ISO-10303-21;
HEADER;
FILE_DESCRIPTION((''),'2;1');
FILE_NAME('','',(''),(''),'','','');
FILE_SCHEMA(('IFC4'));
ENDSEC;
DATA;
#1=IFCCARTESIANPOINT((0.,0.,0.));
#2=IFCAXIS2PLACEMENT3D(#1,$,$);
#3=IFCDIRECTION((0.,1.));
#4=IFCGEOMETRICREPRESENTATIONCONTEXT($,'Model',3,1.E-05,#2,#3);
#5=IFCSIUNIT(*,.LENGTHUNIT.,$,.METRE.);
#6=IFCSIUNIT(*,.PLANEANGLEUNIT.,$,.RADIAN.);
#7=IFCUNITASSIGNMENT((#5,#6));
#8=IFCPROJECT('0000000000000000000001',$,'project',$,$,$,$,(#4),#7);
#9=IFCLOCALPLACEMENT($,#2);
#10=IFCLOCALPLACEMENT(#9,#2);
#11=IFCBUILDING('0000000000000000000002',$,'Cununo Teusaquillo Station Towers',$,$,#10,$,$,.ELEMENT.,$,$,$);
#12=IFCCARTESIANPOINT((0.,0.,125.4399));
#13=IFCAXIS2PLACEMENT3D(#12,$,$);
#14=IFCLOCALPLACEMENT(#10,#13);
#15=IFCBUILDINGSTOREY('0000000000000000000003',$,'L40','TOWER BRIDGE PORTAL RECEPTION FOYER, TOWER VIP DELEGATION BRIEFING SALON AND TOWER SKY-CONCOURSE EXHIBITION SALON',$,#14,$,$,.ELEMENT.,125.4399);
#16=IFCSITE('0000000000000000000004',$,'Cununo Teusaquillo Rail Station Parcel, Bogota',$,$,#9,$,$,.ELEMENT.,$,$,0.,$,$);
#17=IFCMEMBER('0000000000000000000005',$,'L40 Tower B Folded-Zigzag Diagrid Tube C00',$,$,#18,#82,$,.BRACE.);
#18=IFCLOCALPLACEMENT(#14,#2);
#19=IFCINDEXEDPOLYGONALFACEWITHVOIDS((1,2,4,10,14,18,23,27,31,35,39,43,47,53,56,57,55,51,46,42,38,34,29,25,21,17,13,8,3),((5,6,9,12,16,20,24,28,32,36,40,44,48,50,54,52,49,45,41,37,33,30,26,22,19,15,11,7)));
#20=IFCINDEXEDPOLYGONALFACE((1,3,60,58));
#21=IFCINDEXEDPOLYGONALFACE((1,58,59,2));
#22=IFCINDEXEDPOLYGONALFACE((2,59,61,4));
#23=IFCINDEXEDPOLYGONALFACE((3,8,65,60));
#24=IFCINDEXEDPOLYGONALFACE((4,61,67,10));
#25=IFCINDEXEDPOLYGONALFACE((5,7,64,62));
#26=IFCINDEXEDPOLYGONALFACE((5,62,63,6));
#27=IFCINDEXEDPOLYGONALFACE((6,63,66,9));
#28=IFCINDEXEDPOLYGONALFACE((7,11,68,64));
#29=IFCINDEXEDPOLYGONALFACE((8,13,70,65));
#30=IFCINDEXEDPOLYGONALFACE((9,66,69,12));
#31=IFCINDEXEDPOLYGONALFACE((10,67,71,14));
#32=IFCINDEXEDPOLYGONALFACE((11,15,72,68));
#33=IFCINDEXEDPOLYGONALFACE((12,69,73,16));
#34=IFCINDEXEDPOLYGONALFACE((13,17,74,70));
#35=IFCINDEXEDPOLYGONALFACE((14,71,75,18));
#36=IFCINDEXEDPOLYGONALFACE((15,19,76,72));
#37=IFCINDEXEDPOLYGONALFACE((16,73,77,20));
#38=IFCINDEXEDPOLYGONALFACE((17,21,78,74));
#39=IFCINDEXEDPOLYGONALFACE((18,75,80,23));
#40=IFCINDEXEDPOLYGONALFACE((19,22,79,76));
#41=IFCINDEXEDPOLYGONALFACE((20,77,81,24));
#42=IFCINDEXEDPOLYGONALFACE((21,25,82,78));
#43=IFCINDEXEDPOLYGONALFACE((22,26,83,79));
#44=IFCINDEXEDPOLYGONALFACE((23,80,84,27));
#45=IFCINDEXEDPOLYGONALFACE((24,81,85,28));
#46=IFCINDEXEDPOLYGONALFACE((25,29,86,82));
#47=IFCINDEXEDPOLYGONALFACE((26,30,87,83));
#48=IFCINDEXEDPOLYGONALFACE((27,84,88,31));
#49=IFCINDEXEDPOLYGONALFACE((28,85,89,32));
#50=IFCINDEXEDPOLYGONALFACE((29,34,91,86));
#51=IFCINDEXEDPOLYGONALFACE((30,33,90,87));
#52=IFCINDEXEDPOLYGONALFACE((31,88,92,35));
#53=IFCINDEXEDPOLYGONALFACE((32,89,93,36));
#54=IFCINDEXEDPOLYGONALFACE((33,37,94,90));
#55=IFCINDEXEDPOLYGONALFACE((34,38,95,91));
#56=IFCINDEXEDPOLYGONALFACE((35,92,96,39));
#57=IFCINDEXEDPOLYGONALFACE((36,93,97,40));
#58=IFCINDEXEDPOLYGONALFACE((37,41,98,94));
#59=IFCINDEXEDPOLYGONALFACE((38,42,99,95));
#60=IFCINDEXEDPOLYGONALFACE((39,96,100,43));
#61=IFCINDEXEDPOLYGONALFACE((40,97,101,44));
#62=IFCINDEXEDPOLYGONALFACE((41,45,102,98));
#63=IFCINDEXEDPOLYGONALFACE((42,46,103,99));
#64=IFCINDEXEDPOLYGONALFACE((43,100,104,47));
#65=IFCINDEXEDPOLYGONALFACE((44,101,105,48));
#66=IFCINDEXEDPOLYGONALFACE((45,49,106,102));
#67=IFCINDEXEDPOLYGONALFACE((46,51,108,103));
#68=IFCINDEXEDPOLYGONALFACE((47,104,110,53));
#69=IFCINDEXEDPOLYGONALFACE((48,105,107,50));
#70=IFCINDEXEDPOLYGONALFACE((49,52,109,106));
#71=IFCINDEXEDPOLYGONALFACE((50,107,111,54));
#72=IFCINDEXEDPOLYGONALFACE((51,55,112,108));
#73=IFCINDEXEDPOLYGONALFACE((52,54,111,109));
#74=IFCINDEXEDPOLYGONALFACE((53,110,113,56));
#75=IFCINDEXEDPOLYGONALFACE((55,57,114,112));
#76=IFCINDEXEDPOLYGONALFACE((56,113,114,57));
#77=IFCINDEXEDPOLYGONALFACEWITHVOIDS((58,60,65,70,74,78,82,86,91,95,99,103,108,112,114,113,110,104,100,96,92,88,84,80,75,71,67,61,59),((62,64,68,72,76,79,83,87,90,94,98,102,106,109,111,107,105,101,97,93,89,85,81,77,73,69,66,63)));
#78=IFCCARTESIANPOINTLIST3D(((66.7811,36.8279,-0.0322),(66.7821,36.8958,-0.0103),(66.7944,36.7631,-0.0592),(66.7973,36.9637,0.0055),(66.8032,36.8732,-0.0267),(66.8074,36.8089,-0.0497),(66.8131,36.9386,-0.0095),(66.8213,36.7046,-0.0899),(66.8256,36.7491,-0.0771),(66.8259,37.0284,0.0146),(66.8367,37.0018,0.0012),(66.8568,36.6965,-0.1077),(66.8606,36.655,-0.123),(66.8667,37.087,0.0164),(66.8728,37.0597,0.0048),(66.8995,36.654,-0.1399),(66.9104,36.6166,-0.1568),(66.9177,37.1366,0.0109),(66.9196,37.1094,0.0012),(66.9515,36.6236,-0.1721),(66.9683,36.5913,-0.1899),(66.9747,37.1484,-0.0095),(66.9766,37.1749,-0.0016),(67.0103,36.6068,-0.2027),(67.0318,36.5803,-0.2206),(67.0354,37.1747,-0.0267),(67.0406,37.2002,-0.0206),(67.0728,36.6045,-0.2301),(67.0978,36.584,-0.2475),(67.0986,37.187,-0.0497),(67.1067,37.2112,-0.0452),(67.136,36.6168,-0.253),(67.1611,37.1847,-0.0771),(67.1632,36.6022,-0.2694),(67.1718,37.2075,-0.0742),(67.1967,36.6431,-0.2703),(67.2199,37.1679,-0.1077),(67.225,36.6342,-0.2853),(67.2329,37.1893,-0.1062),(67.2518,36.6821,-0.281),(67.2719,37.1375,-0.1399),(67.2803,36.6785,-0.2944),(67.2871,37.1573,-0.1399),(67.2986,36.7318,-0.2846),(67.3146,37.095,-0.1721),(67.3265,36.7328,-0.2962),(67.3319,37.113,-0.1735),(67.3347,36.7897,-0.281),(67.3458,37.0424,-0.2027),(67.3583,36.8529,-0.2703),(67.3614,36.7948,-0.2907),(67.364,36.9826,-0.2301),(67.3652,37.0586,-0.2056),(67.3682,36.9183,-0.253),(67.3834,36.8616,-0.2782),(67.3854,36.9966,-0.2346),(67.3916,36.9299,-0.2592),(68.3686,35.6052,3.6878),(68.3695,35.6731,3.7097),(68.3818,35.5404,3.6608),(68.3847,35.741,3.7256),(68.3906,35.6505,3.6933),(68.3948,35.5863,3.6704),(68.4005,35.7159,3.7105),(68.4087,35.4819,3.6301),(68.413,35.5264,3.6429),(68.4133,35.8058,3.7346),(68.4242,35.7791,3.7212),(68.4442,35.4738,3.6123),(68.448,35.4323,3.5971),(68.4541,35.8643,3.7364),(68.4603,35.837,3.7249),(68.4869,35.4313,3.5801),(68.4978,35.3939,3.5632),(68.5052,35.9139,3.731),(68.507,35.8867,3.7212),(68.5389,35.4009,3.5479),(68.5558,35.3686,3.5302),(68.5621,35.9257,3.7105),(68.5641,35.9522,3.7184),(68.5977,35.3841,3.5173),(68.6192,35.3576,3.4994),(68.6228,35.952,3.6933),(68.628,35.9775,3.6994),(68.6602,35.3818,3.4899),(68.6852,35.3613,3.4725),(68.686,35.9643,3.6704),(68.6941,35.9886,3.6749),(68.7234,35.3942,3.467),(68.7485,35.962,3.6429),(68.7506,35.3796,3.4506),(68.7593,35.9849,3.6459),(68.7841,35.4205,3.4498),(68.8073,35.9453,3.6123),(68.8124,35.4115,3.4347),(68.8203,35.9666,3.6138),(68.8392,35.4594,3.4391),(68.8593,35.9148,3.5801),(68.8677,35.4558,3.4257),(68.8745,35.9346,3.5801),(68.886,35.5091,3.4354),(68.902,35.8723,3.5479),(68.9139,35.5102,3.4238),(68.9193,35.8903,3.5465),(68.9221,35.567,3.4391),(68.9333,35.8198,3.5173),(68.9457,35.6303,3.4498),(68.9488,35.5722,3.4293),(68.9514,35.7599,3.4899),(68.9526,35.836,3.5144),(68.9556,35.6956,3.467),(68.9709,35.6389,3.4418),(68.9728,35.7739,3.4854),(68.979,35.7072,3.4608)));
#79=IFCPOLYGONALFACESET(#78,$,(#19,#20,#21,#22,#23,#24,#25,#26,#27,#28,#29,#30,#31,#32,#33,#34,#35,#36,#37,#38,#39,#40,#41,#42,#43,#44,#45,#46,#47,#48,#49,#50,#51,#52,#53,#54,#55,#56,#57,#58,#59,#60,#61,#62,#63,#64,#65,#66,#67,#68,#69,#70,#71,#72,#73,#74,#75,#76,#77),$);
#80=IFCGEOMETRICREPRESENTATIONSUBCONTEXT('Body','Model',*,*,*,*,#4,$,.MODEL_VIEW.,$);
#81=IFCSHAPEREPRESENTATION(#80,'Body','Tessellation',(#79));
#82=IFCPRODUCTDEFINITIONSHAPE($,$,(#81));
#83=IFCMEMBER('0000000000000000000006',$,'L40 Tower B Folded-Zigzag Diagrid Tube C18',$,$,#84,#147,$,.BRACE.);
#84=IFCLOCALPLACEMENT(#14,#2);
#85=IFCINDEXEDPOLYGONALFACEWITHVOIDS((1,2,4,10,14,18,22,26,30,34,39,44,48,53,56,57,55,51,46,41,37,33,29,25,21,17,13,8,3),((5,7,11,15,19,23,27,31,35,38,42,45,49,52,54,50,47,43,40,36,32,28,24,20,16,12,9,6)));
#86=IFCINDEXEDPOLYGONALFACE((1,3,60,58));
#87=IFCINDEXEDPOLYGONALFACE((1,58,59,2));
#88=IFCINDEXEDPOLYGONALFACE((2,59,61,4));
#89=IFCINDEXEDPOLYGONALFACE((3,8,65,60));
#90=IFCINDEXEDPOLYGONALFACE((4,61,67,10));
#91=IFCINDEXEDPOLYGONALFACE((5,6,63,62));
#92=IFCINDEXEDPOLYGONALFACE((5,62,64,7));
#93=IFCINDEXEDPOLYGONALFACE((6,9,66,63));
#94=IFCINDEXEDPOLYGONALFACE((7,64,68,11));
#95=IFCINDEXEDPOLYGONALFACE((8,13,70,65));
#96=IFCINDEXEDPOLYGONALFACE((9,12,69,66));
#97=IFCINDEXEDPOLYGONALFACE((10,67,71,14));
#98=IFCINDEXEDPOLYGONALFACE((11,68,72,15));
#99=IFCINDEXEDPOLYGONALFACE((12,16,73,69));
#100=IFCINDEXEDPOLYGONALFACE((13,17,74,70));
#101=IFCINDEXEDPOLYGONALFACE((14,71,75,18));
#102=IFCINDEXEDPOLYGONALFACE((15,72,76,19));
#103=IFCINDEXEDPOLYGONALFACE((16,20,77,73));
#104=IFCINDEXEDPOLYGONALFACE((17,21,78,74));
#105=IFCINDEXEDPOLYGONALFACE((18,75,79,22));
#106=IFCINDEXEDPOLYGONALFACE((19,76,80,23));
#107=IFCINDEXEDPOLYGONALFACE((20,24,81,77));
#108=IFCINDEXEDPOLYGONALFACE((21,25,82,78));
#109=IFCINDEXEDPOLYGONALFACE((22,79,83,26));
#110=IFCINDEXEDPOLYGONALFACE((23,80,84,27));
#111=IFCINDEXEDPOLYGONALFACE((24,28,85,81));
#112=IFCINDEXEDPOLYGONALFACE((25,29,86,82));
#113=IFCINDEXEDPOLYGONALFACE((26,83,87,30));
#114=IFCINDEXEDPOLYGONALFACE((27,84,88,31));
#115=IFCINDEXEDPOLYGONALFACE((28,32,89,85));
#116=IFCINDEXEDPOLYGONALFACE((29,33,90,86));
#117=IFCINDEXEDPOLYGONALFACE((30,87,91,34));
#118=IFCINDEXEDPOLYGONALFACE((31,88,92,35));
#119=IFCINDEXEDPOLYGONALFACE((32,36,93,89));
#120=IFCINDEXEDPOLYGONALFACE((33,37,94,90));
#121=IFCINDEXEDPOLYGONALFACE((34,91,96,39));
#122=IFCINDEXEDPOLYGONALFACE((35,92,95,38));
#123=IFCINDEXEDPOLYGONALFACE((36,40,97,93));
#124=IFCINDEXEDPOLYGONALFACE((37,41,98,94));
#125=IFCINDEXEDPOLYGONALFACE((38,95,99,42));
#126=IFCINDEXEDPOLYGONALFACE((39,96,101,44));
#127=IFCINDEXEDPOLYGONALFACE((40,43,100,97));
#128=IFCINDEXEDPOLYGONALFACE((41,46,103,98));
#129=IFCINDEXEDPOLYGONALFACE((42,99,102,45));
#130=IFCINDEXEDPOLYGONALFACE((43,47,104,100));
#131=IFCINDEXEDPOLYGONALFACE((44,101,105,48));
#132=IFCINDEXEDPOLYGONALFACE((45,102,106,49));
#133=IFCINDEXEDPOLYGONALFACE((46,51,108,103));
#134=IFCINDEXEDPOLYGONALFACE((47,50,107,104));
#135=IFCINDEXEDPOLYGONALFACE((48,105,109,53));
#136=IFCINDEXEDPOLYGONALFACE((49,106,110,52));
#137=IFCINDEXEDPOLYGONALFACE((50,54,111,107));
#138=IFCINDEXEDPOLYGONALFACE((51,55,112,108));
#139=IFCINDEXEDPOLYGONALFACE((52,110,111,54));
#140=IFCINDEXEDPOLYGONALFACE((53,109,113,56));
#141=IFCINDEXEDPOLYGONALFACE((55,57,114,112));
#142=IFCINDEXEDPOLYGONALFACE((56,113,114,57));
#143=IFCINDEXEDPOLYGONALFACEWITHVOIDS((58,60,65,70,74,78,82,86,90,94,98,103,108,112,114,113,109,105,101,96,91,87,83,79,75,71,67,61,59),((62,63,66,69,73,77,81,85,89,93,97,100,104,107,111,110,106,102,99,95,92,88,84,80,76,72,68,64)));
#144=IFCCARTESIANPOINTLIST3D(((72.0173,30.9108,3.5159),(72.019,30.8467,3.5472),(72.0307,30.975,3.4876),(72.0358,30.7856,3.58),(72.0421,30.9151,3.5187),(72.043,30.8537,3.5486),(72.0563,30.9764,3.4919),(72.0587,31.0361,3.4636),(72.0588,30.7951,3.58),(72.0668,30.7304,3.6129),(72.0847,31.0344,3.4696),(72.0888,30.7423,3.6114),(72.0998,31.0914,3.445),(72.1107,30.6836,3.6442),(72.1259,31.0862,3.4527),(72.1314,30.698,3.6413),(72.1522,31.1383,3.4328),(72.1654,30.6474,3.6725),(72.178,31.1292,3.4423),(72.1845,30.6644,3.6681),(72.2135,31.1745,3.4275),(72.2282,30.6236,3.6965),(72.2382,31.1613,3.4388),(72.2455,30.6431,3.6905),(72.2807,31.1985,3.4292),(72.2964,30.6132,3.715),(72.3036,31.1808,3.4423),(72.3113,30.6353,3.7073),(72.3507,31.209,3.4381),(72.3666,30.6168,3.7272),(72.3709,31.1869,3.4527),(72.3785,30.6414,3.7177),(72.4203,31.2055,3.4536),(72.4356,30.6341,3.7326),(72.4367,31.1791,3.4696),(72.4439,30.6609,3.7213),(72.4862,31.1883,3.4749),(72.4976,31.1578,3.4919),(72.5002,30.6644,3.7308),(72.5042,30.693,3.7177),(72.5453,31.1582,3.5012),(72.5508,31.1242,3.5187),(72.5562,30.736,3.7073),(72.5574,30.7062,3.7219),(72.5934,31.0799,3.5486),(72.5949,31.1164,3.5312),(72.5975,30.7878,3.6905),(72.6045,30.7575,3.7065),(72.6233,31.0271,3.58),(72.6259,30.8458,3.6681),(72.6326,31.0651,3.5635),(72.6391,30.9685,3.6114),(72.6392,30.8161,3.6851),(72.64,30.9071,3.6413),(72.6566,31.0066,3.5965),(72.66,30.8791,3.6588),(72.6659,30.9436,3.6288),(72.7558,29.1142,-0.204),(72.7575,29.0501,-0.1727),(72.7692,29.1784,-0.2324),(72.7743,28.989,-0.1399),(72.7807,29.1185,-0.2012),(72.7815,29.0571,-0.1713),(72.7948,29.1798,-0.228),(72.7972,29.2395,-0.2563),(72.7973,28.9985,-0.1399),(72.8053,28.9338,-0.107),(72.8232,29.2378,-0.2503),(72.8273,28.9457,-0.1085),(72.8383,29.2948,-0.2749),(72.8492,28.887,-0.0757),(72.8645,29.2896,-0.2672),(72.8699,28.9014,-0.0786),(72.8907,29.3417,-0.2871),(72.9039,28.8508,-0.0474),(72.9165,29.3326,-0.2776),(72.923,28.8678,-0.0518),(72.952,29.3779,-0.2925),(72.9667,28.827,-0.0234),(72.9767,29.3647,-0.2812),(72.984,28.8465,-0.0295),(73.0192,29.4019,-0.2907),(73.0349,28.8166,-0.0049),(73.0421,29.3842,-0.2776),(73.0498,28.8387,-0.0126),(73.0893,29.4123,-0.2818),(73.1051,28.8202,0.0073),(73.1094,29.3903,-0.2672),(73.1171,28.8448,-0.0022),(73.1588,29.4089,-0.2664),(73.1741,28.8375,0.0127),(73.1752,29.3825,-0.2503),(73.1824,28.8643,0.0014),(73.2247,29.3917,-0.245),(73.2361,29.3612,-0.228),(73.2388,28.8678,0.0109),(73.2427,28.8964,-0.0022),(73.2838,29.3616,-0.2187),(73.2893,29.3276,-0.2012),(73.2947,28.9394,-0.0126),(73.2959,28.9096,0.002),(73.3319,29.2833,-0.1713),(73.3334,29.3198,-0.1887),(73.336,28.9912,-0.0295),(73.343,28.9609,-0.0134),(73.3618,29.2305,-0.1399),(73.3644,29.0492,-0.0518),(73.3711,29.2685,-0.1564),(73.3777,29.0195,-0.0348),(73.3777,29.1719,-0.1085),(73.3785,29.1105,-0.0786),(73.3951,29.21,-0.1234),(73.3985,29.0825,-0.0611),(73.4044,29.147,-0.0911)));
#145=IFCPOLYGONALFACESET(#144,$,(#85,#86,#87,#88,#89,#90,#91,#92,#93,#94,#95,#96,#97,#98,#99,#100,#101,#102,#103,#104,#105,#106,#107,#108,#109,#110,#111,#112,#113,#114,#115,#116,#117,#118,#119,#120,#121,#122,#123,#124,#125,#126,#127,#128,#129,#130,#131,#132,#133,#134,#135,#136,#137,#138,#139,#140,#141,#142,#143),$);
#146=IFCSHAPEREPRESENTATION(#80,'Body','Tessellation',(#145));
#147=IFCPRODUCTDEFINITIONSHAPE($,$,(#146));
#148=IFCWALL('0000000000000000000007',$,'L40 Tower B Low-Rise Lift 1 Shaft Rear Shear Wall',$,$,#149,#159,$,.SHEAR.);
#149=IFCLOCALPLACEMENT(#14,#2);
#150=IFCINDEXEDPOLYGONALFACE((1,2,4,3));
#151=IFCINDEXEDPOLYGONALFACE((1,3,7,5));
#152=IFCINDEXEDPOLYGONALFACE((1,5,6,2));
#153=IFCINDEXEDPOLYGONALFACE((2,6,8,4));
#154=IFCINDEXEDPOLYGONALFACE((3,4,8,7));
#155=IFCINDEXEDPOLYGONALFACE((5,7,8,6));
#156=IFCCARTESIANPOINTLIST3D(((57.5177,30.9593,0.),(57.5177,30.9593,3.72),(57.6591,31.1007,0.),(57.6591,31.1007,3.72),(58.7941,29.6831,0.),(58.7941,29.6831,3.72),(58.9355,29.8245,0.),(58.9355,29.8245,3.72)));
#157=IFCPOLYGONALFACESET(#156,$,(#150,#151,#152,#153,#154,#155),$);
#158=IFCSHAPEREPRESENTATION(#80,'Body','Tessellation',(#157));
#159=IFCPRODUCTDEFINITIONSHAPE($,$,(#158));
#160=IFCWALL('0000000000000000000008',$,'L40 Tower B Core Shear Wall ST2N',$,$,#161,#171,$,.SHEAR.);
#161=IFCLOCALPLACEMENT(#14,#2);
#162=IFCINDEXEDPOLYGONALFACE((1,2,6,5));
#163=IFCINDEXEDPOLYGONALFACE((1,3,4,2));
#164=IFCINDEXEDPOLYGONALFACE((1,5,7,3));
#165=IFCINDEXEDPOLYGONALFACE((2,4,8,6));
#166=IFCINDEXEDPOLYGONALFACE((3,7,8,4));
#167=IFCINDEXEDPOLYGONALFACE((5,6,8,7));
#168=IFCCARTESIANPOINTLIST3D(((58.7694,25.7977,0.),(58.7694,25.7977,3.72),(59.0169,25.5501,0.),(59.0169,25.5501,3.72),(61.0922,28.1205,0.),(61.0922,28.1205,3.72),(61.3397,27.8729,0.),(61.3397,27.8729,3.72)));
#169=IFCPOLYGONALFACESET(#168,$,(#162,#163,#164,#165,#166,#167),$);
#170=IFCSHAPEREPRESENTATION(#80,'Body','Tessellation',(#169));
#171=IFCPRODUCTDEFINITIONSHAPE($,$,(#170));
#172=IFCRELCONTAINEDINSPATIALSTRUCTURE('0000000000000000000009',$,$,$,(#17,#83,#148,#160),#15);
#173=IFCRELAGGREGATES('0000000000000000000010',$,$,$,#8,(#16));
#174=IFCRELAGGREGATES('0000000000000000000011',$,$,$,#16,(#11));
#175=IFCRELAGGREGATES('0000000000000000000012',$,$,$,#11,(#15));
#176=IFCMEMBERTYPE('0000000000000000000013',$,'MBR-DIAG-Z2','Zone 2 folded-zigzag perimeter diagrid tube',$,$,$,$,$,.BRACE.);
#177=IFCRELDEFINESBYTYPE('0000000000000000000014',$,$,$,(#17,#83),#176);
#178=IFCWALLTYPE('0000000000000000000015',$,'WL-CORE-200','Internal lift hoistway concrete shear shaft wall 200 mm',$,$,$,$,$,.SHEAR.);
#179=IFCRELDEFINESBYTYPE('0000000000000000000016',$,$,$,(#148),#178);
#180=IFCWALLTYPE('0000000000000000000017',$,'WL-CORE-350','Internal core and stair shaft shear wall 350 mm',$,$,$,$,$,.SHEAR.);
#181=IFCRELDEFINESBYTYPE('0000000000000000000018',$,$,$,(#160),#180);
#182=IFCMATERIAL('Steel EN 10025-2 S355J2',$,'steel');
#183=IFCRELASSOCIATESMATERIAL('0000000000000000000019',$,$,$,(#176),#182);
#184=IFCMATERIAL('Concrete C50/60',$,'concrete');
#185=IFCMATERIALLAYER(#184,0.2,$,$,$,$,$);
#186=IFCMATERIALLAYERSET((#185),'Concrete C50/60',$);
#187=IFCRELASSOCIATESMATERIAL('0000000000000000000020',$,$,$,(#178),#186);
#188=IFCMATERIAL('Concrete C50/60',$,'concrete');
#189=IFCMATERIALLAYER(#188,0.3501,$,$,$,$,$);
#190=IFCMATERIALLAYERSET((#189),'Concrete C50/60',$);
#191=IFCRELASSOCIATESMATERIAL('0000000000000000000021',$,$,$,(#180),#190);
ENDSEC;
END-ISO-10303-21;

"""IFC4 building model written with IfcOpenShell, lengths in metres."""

from ifc_helpers import new_model, si_unit, direction, frame, frame_2d, origin, origin_2d, place, context, subcontext, project, spatial, rectangle, hollow_circle, extrude, material, layer, layer_set, material_profile, profile_set, type_object, element, save


model = new_model("IFC4")

# Units and contexts
model_context = context("Model", 3, precision=1e-05, world=origin(), true_north=direction((0.0, 1.0)))
body_context = subcontext(model_context, "Body", "Model", "MODEL_VIEW")
ifc_project = project(units=[si_unit("LENGTHUNIT", "METRE"), si_unit("PLANEANGLEUNIT", "RADIAN")], contexts=[model_context])

# Site, building, storey
site_placement = place(None, origin())
site = spatial("IfcSite", under=ifc_project, at=site_placement, Name="Cununo Teusaquillo Rail Station Parcel, Bogota", CompositionType="ELEMENT", RefElevation=0.0)
building_placement = place(site_placement, origin())
building = spatial("IfcBuilding", under=site, at=building_placement, Name="Cununo Teusaquillo Station Towers", CompositionType="ELEMENT")
storey_placement = place(building_placement, frame((0.0, 0.0, 125.4399)))
storey = spatial("IfcBuildingStorey", under=building, at=storey_placement, Name="L40", Description="TOWER BRIDGE PORTAL RECEPTION FOYER, TOWER VIP DELEGATION BRIEFING SALON AND TOWER SKY-CONCOURSE EXHIBITION SALON", CompositionType="ELEMENT", Elevation=125.4399)

# Members
ifc_material_1 = material(Name="Steel EN 10025-2 S355J2", Category="steel")
ifc_material_profile_1 = material_profile(ifc_material_1, hollow_circle(Radius=0.3301, WallThickness=0.0249, at=origin_2d()), Name="CHS 660x25")
ifc_profile_set_1 = profile_set([ifc_material_profile_1], Name="Steel EN 10025-2 S355J2")
member_type = type_object("IfcMemberType", Name="MBR-DIAG-Z2", Description="Zone 2 folded-zigzag perimeter diagrid tube", PredefinedType="BRACE", material=ifc_profile_set_1)
member_1_placement = place(storey_placement, frame((67.0857, 36.8958, -0.1399), z_axis=(0.375692, -0.289368, 0.88041), x_axis=(0.610205, 0.792243, 0.0)))
element("IfcMember", 1, at=member_1_placement, inside=storey, type_object=member_type, Name="L40 Tower B Folded-Zigzag Diagrid Tube C00", PredefinedType="BRACE", context=body_context, shape_type="SweptSolid", body=[
    extrude(hollow_circle(Radius=0.3301, WallThickness=0.0249, at=origin_2d()), origin(), (0.0, 0.0, 1.0), 4.2253),
])
member_2_placement = place(storey_placement, frame((73.0796, 29.1145, -0.1399), z_axis=(-0.175982, 0.428115, 0.886424), x_axis=(-0.924907, -0.380193, 0.0)))
element("IfcMember", 2, at=member_2_placement, inside=storey, type_object=member_type, Name="L40 Tower B Folded-Zigzag Diagrid Tube C18", PredefinedType="BRACE", context=body_context, shape_type="SweptSolid", body=[
    extrude(hollow_circle(Radius=0.3301, WallThickness=0.0249, at=origin_2d()), origin(), (0.0, 0.0, 1.0), 4.1965),
])

# Walls
ifc_material_2 = material(Name="Concrete C50/60", Category="concrete")
ifc_layer_1 = layer(ifc_material_2, 0.2)
ifc_layer_set_1 = layer_set([ifc_layer_1], Name="Concrete C50/60")
wall_type_1 = type_object("IfcWallType", Name="WL-CORE-200", Description="Internal lift hoistway concrete shear shaft wall 200 mm", PredefinedType="SHEAR", material=ifc_layer_set_1)
wall_1_placement = place(storey_placement, frame((58.8647, 29.7539, 0.0), z_axis=(0.0, 0.0, 1.0), x_axis=(-0.707174, 0.707039, 0.0)))
element("IfcWall", 3, at=wall_1_placement, inside=storey, type_object=wall_type_1, Name="L40 Tower B Low-Rise Lift 1 Shaft Rear Shear Wall", PredefinedType="SHEAR", context=body_context, shape_type="SweptSolid", body=[
    extrude(rectangle(XDim=1.8049, YDim=0.2, at=frame_2d((0.9023, 0.0))), origin(), (0.0, 0.0, 1.0), 3.72),
])
ifc_material_3 = material(Name="Concrete C50/60", Category="concrete")
ifc_layer_2 = layer(ifc_material_3, 0.3501)
ifc_layer_set_2 = layer_set([ifc_layer_2], Name="Concrete C50/60")
wall_type_2 = type_object("IfcWallType", Name="WL-CORE-350", Description="Internal core and stair shaft shear wall 350 mm", PredefinedType="SHEAR", material=ifc_layer_set_2)
wall_2_placement = place(storey_placement, frame((58.8931, 25.6738, 0.0), z_axis=(0.0, 0.0, 1.0), x_axis=(0.707107, 0.707107, 0.0)))
element("IfcWall", 4, at=wall_2_placement, inside=storey, type_object=wall_type_2, Name="L40 Tower B Core Shear Wall ST2N", PredefinedType="SHEAR", context=body_context, shape_type="SweptSolid", body=[
    extrude(rectangle(XDim=3.2849, YDim=0.3501, at=frame_2d((1.6426, 0.0))), origin(), (0.0, 0.0, 1.0), 3.72),
])

save(model, "model.ifc")
